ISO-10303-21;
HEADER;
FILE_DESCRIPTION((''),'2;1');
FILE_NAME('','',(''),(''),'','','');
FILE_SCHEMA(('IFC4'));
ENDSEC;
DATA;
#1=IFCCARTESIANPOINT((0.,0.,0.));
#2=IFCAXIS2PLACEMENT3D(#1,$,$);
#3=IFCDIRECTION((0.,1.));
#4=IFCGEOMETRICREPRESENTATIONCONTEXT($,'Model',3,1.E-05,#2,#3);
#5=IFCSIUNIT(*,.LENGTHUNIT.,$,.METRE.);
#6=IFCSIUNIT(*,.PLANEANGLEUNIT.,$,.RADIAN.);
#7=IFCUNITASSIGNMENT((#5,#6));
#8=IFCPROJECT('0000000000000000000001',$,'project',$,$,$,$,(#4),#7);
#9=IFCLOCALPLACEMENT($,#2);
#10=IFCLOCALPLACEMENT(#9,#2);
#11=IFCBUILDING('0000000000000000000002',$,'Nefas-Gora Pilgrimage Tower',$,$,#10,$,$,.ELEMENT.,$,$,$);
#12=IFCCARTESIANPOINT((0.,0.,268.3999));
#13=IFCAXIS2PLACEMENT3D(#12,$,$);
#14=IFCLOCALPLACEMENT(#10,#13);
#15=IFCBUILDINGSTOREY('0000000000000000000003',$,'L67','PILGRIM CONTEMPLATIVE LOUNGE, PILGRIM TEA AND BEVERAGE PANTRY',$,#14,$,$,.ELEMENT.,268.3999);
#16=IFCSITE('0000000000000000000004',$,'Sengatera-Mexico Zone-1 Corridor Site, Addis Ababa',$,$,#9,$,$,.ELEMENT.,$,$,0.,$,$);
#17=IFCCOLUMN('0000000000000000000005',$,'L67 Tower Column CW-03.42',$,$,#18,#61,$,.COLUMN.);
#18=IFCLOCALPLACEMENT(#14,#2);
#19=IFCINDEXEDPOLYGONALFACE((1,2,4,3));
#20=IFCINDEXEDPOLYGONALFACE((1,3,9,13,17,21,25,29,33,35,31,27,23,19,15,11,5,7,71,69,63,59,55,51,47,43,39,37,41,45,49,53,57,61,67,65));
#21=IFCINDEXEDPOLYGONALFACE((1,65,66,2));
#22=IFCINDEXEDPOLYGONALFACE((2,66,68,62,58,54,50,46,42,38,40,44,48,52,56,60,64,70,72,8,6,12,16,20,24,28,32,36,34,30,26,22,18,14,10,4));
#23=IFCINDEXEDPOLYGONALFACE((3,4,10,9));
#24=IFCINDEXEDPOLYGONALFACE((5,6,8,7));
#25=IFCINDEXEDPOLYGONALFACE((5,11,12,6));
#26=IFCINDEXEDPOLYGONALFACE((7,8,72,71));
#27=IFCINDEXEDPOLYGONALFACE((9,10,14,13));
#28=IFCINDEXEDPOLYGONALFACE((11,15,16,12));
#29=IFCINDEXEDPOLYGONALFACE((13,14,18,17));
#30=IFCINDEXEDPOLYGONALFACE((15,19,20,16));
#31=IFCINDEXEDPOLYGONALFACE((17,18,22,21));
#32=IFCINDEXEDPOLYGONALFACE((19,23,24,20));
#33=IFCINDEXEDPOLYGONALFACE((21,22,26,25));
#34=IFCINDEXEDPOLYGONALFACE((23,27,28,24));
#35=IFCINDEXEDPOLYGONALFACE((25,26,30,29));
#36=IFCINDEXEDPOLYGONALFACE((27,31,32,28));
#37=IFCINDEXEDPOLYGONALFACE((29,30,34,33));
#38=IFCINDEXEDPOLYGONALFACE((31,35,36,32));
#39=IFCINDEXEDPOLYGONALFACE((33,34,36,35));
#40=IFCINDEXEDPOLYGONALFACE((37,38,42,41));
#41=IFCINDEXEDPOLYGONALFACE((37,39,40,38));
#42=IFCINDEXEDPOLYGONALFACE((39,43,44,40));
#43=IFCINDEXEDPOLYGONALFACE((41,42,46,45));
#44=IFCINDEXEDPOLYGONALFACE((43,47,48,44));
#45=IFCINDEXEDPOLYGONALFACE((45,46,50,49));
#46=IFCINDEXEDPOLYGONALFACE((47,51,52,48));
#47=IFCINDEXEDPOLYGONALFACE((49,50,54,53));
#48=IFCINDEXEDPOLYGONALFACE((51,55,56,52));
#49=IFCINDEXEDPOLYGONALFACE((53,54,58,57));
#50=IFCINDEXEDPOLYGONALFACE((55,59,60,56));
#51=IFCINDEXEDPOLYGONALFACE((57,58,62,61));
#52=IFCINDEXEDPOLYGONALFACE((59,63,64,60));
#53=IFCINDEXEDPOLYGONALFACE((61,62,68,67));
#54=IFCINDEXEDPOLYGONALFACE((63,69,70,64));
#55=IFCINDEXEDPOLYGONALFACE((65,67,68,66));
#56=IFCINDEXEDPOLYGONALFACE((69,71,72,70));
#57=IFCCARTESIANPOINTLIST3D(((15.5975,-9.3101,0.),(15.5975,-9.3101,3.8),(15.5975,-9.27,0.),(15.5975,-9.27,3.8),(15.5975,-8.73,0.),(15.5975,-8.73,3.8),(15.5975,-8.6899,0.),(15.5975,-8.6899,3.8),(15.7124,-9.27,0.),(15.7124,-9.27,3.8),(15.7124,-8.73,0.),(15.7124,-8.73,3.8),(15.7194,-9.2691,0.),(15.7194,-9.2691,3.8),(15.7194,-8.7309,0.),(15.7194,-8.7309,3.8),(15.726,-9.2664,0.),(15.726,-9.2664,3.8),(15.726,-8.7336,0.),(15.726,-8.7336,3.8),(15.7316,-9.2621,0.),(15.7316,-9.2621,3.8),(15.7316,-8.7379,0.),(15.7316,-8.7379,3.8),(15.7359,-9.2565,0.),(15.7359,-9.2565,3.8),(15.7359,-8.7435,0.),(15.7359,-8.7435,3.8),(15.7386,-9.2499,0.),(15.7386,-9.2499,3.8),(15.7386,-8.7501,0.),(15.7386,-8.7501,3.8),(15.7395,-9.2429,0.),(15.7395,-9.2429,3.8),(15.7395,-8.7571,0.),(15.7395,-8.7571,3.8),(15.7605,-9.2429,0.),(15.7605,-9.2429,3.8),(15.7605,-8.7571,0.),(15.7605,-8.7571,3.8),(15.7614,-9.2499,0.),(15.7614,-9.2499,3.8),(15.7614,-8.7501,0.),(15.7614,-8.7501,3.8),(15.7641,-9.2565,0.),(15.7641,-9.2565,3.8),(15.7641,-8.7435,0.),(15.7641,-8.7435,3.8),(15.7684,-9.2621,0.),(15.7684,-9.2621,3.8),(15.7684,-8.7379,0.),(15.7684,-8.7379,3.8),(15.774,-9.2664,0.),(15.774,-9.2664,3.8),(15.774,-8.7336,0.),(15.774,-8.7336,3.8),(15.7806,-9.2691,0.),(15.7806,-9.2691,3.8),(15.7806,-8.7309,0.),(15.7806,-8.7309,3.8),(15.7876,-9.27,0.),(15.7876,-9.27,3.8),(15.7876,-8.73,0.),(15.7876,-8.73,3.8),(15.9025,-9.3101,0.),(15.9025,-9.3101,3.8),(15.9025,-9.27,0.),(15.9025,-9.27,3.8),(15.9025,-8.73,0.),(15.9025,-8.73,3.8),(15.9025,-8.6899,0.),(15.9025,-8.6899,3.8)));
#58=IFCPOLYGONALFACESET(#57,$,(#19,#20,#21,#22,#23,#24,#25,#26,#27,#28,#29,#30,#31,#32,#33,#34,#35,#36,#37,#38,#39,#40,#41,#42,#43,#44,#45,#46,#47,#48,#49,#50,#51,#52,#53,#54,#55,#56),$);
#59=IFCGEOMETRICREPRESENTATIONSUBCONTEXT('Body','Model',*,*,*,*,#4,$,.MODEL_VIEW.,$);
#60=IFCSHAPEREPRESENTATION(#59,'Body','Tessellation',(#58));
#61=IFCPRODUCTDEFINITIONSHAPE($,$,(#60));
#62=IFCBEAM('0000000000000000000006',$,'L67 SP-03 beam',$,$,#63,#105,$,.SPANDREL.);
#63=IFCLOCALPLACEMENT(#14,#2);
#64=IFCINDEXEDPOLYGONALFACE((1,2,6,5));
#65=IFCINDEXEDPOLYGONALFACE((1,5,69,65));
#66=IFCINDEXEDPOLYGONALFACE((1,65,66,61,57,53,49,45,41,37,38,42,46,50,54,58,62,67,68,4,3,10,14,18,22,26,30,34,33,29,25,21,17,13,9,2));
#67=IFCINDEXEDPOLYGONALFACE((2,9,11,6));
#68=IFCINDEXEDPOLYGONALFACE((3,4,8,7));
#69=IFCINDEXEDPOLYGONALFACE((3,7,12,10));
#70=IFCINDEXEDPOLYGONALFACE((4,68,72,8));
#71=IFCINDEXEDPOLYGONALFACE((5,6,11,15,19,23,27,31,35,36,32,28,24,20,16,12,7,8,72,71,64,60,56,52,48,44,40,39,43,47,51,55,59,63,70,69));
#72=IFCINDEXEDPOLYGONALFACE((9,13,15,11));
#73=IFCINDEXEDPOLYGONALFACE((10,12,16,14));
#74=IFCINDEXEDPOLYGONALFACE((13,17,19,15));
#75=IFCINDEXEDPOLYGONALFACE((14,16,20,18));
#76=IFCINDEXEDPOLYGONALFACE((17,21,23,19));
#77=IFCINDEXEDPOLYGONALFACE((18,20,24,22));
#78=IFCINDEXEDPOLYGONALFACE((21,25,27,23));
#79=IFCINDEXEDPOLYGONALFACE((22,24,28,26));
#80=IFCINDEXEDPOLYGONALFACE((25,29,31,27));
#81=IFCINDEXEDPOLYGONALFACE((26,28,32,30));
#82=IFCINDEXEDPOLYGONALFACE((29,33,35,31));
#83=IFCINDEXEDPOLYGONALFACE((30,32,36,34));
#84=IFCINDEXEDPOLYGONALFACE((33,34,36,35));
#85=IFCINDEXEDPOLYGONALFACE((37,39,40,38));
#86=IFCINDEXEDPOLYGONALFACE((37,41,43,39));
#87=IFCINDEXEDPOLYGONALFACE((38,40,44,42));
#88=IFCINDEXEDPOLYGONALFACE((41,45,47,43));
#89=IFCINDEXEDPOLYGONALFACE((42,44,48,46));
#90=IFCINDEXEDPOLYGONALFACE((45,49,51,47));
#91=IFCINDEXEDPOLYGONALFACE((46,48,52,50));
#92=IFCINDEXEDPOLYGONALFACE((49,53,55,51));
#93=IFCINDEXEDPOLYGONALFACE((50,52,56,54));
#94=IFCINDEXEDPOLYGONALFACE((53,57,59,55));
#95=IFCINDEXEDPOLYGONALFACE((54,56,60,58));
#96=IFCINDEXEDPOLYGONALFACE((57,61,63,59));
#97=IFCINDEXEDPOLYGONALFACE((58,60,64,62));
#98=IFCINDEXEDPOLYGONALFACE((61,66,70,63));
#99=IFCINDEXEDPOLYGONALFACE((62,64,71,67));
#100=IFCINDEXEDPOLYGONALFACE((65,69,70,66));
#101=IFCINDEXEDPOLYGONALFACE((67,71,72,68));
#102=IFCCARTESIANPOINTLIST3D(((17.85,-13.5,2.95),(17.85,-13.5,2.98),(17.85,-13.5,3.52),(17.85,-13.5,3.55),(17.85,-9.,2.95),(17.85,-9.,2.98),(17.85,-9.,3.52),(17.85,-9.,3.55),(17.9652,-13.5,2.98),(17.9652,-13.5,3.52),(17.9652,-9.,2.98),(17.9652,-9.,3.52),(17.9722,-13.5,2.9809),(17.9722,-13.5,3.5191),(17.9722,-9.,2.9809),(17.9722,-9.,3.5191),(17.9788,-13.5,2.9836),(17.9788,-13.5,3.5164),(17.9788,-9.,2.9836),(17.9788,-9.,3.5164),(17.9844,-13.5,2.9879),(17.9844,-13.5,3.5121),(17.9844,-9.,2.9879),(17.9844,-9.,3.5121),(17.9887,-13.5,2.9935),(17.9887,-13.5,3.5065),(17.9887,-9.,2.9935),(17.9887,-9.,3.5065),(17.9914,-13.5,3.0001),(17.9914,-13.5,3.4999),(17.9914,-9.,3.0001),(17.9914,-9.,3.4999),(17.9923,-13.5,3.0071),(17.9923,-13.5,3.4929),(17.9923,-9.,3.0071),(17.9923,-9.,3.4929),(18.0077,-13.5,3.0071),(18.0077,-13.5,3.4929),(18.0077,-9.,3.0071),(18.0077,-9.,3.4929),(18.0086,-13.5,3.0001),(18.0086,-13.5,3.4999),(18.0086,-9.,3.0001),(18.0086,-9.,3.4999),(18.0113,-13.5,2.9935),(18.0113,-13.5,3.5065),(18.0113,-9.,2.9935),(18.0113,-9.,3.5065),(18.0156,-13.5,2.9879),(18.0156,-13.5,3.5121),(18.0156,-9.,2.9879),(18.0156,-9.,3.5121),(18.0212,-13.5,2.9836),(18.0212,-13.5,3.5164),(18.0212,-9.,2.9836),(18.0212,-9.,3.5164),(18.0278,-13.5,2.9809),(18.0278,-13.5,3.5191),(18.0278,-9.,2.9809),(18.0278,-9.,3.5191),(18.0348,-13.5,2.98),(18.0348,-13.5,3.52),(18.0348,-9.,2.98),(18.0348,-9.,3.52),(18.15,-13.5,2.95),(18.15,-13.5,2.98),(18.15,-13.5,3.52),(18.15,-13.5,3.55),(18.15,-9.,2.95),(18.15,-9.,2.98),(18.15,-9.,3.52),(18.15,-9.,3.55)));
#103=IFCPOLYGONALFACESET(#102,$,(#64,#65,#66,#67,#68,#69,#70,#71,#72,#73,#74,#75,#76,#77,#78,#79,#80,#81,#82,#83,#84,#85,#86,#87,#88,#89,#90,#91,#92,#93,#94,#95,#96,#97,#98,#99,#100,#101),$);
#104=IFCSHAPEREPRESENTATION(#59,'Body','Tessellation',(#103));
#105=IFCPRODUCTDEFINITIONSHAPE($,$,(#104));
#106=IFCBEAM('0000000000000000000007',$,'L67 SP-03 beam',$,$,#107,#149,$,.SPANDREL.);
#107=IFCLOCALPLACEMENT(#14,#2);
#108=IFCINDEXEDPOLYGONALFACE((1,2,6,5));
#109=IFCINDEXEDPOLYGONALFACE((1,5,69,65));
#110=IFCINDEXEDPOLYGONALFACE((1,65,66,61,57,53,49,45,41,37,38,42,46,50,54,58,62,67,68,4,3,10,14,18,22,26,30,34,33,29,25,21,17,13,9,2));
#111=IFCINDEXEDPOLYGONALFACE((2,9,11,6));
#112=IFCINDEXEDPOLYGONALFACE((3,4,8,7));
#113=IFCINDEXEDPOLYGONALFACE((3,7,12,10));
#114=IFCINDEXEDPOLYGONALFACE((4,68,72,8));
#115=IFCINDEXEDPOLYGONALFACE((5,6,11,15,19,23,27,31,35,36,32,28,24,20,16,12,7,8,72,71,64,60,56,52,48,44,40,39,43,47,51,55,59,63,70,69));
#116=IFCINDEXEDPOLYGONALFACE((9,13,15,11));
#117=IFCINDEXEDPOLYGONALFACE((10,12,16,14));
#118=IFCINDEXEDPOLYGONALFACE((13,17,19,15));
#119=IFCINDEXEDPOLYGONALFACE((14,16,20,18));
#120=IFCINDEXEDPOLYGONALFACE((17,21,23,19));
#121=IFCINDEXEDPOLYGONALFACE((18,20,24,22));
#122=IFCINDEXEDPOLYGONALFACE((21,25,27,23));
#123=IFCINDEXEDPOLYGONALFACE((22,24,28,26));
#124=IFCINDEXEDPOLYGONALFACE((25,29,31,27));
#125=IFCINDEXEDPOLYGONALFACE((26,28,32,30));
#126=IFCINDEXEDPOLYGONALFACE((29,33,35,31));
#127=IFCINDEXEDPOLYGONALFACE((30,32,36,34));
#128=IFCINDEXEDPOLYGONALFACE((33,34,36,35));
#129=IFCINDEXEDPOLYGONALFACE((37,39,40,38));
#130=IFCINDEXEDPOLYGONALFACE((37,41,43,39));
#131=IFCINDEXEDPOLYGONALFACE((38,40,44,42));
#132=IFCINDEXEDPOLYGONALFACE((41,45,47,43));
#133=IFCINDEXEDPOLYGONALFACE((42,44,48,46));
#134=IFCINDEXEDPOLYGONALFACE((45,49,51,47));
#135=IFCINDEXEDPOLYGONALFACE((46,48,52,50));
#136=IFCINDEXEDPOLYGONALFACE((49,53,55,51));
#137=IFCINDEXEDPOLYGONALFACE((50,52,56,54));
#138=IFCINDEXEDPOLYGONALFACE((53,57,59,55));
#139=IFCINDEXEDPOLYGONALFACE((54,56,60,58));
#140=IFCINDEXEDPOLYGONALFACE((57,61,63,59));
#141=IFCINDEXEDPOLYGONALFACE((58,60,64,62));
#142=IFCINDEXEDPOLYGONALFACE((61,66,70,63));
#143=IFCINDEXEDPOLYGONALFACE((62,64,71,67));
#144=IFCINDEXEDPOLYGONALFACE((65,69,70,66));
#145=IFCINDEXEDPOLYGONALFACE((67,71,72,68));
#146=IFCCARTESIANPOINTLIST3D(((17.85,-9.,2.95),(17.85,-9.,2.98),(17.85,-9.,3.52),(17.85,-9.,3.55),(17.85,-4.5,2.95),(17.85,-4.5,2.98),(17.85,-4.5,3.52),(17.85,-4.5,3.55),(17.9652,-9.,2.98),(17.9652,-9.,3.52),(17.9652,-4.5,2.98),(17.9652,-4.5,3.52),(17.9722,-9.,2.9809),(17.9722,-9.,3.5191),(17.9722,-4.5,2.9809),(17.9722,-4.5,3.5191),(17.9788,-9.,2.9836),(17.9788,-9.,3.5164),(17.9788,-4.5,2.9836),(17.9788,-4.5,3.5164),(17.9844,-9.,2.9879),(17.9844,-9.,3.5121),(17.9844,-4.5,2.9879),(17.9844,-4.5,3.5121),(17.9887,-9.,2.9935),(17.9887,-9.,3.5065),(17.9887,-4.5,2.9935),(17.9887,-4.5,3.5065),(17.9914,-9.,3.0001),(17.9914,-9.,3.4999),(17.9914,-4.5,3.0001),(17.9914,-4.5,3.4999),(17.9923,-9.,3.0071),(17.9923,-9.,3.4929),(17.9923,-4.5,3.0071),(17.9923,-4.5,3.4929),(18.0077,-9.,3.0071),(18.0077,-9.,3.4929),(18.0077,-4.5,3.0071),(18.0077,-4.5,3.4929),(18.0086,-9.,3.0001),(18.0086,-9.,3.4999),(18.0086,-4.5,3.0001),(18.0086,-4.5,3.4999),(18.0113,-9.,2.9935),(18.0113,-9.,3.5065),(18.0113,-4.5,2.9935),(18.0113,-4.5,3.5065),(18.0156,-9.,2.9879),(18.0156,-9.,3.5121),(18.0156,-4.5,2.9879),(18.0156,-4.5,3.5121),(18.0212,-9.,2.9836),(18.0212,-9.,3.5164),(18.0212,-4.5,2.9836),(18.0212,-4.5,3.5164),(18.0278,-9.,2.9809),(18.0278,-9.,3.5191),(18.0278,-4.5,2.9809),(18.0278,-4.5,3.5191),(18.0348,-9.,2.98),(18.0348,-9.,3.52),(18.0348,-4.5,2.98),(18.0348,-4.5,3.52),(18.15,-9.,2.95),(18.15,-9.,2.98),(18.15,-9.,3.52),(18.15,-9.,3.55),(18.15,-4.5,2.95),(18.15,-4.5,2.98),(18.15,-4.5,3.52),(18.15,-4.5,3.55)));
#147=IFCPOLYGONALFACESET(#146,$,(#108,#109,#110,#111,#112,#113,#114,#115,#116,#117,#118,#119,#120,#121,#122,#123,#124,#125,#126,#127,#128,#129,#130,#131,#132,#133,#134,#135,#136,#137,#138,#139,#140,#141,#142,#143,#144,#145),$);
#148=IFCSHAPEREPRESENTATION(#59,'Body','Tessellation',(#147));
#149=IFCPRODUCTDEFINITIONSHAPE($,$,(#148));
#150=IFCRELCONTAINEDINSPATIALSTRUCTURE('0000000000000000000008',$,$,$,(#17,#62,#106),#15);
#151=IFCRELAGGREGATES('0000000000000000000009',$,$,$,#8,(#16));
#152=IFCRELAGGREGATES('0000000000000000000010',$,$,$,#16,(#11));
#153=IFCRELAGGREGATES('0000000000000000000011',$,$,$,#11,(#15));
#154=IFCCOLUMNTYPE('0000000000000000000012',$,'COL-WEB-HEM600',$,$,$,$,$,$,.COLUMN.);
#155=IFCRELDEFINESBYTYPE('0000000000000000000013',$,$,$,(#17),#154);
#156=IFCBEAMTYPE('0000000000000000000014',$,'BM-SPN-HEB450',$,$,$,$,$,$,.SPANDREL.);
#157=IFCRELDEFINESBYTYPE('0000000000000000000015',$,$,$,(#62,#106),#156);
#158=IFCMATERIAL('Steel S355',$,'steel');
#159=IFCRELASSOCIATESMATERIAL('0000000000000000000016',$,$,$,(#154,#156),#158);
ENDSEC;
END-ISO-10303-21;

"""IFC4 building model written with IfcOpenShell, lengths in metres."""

from ifc_helpers import new_model, si_unit, direction, frame, origin, origin_2d, place, context, subcontext, project, spatial, i_section, extrude, source, transform, mapped, material, material_profile, profile_set, type_object, element, save


model = new_model("IFC4")

# Units and contexts
model_context = context("Model", 3, precision=1e-05, world=origin(), true_north=direction((0.0, 1.0)))
body_context = subcontext(model_context, "Body", "Model", "MODEL_VIEW")
ifc_project = project(units=[si_unit("LENGTHUNIT", "METRE"), si_unit("PLANEANGLEUNIT", "RADIAN")], contexts=[model_context])

# Site, building, storey
site_placement = place(None, origin())
site = spatial("IfcSite", under=ifc_project, at=site_placement, Name="Sengatera-Mexico Zone-1 Corridor Site, Addis Ababa", CompositionType="ELEMENT", RefElevation=0.0)
building_placement = place(site_placement, origin())
building = spatial("IfcBuilding", under=site, at=building_placement, Name="Nefas-Gora Pilgrimage Tower", CompositionType="ELEMENT")
storey_placement = place(building_placement, frame((0.0, 0.0, 268.3999)))
storey = spatial("IfcBuildingStorey", under=building, at=storey_placement, Name="L67", Description="PILGRIM CONTEMPLATIVE LOUNGE, PILGRIM TEA AND BEVERAGE PANTRY", CompositionType="ELEMENT", Elevation=268.3999)

# Column
ifc_material_1 = material(Name="Steel S355", Category="steel")
ifc_material_profile_1 = material_profile(ifc_material_1, i_section(OverallWidth=0.3049, OverallDepth=0.6201, WebThickness=0.021, FlangeThickness=0.04, FilletRadius=0.0271, at=origin_2d()), Name="HEM 600")
ifc_profile_set_1 = profile_set([ifc_material_profile_1], Name="Steel S355")
column_type_1 = type_object("IfcColumnType", Name="COL-WEB-HEM600", PredefinedType="COLUMN", material=ifc_profile_set_1)
shared_shape_1 = source(origin(), body_context, "Body", "SweptSolid", [
    extrude(i_section(OverallWidth=0.3049, OverallDepth=0.6201, WebThickness=0.021, FlangeThickness=0.04, FilletRadius=0.0271, at=origin_2d()), origin(), (0.0, 0.0, 1.0), 3.8),
])
for number, where, z_axis, x_axis, name in (
    (1, (15.75, -9.0, 0.0), (0.0, 0.0, 1.0), (1.0, 0.0, 0.0), "L67 Tower Column CW-03.42"),
):
    element("IfcColumn", number, at=place(storey_placement, frame(where, z_axis=z_axis, x_axis=x_axis)), inside=storey, type_object=column_type_1, Name=name, PredefinedType="COLUMN", context=body_context, shape_type="MappedRepresentation", body=[
        mapped(shared_shape_1, transform((0.0, 0.0, 0.0), x_axis=(1.0, 0.0, 0.0), y_axis=(0.0, 1.0, 0.0), z_axis=(0.0, 0.0, 1.0), scale=1.0)),
    ])

# Beams
ifc_material_profile_2 = material_profile(ifc_material_1, i_section(OverallWidth=0.3, OverallDepth=0.6001, WebThickness=0.0154, FlangeThickness=0.03, FilletRadius=0.0271, at=origin_2d()), Name="HEB 600")
ifc_profile_set_2 = profile_set([ifc_material_profile_2], Name="Steel S355")
beam_type_1 = type_object("IfcBeamType", Name="BM-SPN-HEB450", PredefinedType="SPANDREL", material=ifc_profile_set_2)
shared_shape_2 = source(origin(), body_context, "Body", "SweptSolid", [
    extrude(i_section(OverallWidth=0.3, OverallDepth=0.6001, WebThickness=0.0154, FlangeThickness=0.03, FilletRadius=0.0271, at=origin_2d()), origin(), (0.0, 0.0, 1.0), 4.5),
])
for number, where, z_axis, x_axis, name in (
    (2, (18.0, -13.5, 3.25), (0.0, 1.0, 0.0), (-1.0, 0.0, 0.0), "L67 SP-03 beam"),
    (3, (18.0, -9.0, 3.25), (0.0, 1.0, 0.0), (-1.0, 0.0, 0.0), "L67 SP-03 beam"),
):
    element("IfcBeam", number, at=place(storey_placement, frame(where, z_axis=z_axis, x_axis=x_axis)), inside=storey, type_object=beam_type_1, Name=name, PredefinedType="SPANDREL", context=body_context, shape_type="MappedRepresentation", body=[
        mapped(shared_shape_2, transform((0.0, 0.0, 0.0), x_axis=(1.0, 0.0, 0.0), y_axis=(0.0, 1.0, 0.0), z_axis=(0.0, 0.0, 1.0), scale=1.0)),
    ])

save(model, "model.ifc")
